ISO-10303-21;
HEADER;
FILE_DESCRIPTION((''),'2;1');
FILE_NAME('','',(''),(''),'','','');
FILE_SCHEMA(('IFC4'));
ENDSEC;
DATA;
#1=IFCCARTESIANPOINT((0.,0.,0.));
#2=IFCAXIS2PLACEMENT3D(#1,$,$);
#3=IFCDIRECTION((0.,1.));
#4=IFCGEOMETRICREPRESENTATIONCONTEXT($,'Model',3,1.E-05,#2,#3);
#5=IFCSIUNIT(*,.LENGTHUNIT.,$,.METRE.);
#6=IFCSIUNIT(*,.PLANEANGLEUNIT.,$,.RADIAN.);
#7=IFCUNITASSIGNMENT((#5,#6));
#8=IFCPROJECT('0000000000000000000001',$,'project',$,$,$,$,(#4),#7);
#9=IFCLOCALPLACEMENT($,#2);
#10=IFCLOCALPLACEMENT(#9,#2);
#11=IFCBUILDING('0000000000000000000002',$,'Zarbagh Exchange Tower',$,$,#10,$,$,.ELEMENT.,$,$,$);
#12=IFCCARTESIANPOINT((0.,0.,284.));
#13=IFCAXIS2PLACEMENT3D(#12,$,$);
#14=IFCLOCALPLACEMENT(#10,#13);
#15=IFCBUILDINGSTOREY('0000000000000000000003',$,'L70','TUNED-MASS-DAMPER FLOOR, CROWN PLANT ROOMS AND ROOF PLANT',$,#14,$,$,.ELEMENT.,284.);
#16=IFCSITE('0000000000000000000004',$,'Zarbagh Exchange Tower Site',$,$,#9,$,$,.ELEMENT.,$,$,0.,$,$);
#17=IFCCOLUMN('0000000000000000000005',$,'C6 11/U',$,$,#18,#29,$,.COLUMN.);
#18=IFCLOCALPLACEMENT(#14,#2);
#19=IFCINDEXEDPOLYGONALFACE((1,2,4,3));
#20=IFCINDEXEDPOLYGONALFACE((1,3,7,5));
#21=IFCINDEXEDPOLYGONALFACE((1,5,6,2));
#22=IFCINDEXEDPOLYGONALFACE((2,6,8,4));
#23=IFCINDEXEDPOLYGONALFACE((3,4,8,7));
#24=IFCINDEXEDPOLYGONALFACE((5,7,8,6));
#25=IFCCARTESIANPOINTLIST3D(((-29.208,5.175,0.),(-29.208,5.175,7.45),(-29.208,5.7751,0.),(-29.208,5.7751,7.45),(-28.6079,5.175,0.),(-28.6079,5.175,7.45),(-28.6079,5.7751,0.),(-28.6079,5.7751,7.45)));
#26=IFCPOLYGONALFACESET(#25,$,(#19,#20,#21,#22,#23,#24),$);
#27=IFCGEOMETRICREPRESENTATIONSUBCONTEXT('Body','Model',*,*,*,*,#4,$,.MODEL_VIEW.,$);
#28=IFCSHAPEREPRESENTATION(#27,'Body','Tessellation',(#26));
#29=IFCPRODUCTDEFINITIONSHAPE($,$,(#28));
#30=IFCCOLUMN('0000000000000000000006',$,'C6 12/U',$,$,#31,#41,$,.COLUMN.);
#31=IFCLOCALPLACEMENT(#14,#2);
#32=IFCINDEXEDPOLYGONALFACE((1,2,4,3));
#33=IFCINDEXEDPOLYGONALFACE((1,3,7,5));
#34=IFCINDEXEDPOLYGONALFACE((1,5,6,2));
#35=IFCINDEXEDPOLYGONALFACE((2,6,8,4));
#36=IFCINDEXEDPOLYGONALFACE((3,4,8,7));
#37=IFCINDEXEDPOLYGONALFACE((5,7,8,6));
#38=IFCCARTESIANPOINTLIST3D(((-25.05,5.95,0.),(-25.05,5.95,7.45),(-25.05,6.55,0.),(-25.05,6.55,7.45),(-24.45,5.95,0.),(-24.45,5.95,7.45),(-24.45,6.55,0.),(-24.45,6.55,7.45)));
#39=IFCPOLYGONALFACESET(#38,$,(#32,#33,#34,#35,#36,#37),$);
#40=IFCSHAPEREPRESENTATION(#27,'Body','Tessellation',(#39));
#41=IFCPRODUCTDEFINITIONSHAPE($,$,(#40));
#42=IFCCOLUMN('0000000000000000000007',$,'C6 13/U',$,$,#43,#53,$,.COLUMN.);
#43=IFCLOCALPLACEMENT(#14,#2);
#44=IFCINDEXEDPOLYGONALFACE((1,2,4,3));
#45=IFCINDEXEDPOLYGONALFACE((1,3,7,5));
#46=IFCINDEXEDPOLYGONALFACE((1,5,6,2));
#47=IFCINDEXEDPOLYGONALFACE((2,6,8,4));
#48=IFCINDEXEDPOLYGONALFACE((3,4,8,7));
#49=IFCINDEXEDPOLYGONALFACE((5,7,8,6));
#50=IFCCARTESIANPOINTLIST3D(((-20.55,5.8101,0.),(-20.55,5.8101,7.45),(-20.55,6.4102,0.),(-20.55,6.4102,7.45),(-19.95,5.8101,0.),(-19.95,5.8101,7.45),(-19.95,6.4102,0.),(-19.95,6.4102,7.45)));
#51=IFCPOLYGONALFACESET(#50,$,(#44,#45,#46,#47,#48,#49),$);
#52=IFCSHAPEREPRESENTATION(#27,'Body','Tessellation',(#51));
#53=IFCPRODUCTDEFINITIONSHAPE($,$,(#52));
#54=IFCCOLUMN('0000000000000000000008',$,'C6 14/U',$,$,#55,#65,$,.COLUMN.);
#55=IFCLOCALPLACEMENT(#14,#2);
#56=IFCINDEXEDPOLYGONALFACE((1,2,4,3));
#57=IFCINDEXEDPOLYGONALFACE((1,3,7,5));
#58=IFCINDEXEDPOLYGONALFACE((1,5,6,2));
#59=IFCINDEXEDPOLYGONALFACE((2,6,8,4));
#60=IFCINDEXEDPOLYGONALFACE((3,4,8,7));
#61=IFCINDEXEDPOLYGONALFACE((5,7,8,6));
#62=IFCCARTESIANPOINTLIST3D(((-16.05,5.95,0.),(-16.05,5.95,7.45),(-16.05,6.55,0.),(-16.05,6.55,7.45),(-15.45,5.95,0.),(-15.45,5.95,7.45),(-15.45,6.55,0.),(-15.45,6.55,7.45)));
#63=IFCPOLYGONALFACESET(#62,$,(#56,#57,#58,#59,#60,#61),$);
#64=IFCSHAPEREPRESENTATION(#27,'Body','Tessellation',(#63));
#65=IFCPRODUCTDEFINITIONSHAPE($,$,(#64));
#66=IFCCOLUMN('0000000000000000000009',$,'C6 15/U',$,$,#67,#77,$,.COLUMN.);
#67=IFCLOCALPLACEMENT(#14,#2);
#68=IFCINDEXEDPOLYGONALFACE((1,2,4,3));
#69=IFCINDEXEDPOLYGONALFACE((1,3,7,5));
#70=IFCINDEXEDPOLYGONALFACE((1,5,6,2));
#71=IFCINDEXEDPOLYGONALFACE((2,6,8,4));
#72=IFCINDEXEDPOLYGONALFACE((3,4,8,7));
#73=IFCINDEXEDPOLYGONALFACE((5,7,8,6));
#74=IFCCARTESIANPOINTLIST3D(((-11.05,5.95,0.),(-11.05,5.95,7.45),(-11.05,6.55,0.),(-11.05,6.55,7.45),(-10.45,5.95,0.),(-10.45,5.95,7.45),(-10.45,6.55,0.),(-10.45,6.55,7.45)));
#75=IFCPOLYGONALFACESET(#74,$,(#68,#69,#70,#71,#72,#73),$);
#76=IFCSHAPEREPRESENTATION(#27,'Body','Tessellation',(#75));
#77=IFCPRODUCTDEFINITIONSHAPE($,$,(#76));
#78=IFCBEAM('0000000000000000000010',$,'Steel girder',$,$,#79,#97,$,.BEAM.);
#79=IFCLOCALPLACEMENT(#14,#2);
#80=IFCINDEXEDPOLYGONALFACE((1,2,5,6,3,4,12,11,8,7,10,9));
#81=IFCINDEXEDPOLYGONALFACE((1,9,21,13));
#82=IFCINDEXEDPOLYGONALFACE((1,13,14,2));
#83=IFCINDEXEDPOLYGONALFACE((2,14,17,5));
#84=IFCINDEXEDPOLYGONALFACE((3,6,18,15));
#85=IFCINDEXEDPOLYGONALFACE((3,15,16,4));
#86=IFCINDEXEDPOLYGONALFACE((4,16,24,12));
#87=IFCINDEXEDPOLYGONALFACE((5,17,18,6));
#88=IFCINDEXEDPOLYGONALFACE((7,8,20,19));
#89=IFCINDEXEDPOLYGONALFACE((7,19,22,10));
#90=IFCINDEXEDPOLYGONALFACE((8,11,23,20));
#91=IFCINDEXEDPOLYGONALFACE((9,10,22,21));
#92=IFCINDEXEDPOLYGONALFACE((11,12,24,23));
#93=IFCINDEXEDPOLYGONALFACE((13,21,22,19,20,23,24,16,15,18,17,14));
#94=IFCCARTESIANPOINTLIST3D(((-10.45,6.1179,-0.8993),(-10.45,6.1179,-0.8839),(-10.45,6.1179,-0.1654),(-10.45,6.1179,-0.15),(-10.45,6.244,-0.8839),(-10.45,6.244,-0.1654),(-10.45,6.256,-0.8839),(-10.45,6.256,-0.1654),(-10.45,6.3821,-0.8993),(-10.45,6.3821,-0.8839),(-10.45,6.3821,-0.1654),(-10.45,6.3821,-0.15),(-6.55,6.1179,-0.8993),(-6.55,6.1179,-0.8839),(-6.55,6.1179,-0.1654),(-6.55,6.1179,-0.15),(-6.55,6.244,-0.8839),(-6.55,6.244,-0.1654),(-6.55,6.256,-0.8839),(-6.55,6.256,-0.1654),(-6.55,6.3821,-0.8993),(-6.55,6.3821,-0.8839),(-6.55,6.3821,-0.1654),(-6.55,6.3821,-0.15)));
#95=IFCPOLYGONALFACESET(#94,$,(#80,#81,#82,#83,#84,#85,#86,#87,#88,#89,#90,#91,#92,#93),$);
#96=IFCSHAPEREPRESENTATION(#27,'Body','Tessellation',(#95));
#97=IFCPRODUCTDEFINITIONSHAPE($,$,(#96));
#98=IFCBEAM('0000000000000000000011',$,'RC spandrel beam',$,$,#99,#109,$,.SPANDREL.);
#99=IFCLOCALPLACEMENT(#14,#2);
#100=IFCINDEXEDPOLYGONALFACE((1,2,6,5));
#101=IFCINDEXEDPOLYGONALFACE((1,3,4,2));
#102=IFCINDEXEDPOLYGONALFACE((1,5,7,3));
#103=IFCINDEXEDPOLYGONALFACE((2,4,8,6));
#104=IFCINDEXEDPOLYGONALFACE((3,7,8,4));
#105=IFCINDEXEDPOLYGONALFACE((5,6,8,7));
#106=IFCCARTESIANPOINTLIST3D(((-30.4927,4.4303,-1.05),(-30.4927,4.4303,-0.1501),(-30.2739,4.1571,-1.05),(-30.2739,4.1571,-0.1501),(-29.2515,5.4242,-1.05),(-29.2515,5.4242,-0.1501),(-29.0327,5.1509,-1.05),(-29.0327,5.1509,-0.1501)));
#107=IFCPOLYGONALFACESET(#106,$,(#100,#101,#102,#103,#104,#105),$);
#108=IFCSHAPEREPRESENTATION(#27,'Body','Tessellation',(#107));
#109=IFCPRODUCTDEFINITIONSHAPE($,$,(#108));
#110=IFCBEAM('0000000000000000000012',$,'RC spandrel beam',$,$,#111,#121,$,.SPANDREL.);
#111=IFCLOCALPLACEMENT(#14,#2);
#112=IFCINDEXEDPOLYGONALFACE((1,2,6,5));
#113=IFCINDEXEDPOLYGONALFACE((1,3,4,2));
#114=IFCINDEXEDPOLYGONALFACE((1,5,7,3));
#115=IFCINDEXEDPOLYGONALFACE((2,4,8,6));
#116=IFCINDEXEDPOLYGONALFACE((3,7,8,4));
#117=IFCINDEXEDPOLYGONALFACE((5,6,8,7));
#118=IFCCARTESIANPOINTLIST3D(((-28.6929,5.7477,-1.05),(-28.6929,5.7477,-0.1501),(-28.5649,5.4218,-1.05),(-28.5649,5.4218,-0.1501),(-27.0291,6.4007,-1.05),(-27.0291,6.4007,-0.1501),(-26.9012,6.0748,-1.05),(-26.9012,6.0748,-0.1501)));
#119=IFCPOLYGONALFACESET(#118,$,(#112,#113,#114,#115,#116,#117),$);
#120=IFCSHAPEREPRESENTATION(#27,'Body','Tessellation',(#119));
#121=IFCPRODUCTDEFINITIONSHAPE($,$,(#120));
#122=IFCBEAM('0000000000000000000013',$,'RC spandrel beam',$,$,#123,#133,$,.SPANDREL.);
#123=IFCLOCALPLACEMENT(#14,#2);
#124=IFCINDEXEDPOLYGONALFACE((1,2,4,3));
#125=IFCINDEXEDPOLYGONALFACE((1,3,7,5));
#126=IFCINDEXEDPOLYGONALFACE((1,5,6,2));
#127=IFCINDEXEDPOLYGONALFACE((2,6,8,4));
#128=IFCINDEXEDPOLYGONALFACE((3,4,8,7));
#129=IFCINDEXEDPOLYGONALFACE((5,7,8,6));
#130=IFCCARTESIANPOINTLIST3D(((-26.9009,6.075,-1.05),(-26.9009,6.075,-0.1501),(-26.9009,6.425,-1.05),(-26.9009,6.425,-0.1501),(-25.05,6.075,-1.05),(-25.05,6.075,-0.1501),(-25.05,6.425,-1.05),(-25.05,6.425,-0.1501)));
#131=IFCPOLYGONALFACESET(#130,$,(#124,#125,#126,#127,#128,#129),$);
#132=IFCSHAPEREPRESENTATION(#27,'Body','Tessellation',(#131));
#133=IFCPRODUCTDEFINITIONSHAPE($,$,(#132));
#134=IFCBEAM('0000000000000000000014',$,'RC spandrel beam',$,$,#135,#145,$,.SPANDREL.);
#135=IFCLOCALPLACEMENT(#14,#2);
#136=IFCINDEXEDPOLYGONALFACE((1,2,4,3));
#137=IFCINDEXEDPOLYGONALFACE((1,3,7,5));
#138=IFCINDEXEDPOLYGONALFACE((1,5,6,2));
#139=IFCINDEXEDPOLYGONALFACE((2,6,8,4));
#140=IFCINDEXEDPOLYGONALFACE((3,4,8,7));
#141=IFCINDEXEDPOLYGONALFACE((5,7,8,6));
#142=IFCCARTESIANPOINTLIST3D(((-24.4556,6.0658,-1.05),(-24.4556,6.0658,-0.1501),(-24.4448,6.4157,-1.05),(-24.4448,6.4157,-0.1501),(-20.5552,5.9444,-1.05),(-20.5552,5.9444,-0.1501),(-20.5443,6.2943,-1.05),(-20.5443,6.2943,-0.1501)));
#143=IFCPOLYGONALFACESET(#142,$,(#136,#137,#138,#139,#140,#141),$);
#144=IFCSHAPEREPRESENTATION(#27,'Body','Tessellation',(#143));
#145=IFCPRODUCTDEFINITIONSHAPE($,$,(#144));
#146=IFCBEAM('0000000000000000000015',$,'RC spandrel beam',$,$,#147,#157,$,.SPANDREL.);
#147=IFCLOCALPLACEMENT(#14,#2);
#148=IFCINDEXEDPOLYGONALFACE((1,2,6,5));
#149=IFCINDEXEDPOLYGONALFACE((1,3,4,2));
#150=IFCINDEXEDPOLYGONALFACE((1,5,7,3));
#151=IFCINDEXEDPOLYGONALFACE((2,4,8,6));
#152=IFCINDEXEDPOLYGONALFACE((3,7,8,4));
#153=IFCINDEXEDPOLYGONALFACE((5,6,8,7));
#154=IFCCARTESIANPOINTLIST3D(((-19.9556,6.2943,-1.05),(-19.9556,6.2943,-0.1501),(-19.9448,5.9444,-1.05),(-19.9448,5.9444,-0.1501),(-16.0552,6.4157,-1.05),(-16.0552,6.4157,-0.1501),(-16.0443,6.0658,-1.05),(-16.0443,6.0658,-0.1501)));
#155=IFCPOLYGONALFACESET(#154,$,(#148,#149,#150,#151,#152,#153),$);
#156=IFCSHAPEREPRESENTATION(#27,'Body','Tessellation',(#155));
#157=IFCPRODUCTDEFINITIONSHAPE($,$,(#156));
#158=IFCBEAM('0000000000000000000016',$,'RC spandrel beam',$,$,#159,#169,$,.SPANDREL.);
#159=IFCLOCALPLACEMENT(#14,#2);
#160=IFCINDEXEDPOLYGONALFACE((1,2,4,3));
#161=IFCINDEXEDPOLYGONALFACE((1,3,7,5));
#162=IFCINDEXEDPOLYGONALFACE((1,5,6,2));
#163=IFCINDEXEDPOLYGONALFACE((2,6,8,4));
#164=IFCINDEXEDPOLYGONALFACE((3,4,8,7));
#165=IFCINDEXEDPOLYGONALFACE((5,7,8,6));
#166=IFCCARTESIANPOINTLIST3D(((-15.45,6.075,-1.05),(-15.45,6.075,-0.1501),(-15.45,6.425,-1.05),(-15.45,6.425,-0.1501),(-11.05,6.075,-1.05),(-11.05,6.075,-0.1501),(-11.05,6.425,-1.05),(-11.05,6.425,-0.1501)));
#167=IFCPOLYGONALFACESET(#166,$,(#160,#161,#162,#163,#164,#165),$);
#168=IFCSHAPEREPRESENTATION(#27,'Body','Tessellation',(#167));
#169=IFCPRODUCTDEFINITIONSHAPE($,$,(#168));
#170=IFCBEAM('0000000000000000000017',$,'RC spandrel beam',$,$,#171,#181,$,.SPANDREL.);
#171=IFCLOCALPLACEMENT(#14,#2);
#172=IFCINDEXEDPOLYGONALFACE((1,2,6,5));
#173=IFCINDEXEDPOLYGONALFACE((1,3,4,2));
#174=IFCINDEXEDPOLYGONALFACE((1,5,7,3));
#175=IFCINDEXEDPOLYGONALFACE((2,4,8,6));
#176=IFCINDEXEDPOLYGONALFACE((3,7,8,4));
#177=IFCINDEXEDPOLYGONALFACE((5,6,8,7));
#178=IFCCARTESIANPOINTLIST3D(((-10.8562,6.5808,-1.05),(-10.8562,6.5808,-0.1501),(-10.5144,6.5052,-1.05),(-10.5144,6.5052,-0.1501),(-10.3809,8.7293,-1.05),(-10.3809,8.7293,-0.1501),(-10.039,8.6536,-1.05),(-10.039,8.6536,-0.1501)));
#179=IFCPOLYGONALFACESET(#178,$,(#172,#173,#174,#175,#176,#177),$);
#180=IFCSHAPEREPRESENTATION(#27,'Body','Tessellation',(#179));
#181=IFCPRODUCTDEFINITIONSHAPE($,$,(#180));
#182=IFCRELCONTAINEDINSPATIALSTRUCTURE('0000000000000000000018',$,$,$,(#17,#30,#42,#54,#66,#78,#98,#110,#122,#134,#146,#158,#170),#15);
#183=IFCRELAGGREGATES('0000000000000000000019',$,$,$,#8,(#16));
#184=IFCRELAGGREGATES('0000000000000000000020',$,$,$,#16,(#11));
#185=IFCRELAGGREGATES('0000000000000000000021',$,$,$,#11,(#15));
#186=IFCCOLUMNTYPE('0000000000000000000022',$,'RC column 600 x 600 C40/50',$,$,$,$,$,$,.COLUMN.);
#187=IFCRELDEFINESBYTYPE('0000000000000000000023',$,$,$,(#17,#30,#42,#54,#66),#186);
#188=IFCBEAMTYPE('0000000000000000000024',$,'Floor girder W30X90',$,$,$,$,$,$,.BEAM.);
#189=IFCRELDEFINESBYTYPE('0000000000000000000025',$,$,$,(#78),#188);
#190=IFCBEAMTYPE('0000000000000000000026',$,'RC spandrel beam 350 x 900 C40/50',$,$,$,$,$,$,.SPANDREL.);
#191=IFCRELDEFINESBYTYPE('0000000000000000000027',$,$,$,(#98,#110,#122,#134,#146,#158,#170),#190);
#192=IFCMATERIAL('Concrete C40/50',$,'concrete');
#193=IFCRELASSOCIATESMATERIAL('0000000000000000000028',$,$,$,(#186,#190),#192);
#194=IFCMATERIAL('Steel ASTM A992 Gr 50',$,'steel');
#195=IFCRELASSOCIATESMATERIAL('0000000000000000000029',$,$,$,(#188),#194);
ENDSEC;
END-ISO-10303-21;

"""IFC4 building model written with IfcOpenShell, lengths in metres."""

from ifc_helpers import new_model, si_unit, direction, frame, origin, origin_2d, place, context, subcontext, project, spatial, rectangle, i_section, extrude, material, material_profile, profile_set, type_object, element, save


model = new_model("IFC4")

# Units and contexts
model_context = context("Model", 3, precision=1e-05, world=origin(), true_north=direction((0.0, 1.0)))
body_context = subcontext(model_context, "Body", "Model", "MODEL_VIEW")
ifc_project = project(units=[si_unit("LENGTHUNIT", "METRE"), si_unit("PLANEANGLEUNIT", "RADIAN")], contexts=[model_context])

# Site, building, storey
site_placement = place(None, origin())
site = spatial("IfcSite", under=ifc_project, at=site_placement, Name="Zarbagh Exchange Tower Site", CompositionType="ELEMENT", RefElevation=0.0)
building_placement = place(site_placement, origin())
building = spatial("IfcBuilding", under=site, at=building_placement, Name="Zarbagh Exchange Tower", CompositionType="ELEMENT")
storey_placement = place(building_placement, frame((0.0, 0.0, 284.0)))
storey = spatial("IfcBuildingStorey", under=building, at=storey_placement, Name="L70", Description="TUNED-MASS-DAMPER FLOOR, CROWN PLANT ROOMS AND ROOF PLANT", CompositionType="ELEMENT", Elevation=284.0)

# Columns
ifc_material_1 = material(Name="Concrete C40/50", Category="concrete")
ifc_material_profile_1 = material_profile(ifc_material_1, rectangle(XDim=0.6001, YDim=0.6001, at=origin_2d()), Name="RC column 600 x 600 C40/50")
ifc_profile_set_1 = profile_set([ifc_material_profile_1], Name="Concrete C40/50")
column_type = type_object("IfcColumnType", Name="RC column 600 x 600 C40/50", PredefinedType="COLUMN", material=ifc_profile_set_1)
for number, where, z_axis, x_axis, name in (
    (1, (-28.908, 5.4751, 0.0), (0.0, 0.0, 1.0), (1.0, 0.0, 0.0), "C6 11/U"),
    (2, (-24.75, 6.25, 0.0), (0.0, 0.0, 1.0), (1.0, 0.0, 0.0), "C6 12/U"),
    (3, (-20.25, 6.1101, 0.0), (0.0, 0.0, 1.0), (1.0, 0.0, 0.0), "C6 13/U"),
    (4, (-15.75, 6.25, 0.0), (0.0, 0.0, 1.0), (1.0, 0.0, 0.0), "C6 14/U"),
    (5, (-10.75, 6.25, 0.0), (0.0, 0.0, 1.0), (1.0, 0.0, 0.0), "C6 15/U"),
):
    element("IfcColumn", number, at=place(storey_placement, frame(where, z_axis=z_axis, x_axis=x_axis)), inside=storey, type_object=column_type, Name=name, PredefinedType="COLUMN", context=body_context, shape_type="SweptSolid", body=[
        extrude(rectangle(XDim=0.6001, YDim=0.6001, at=origin_2d()), origin(), (0.0, 0.0, 1.0), 7.45),
    ])

# Beams
ifc_material_2 = material(Name="Steel ASTM A992 Gr 50", Category="steel")
ifc_material_profile_2 = material_profile(ifc_material_2, i_section(OverallWidth=0.2642, OverallDepth=0.7493, WebThickness=0.012, FlangeThickness=0.0154, at=origin_2d()), Name="W30X90")
ifc_profile_set_2 = profile_set([ifc_material_profile_2], Name="Steel ASTM A992 Gr 50")
beam_type_1 = type_object("IfcBeamType", Name="Floor girder W30X90", PredefinedType="BEAM", material=ifc_profile_set_2)
beam_1_placement = place(storey_placement, frame((-10.45, 6.25, -0.5247), z_axis=(1.0, 0.0, 0.0), x_axis=(0.0, 1.0, 0.0)))
element("IfcBeam", 6, at=beam_1_placement, inside=storey, type_object=beam_type_1, Name="Steel girder", PredefinedType="BEAM", context=body_context, shape_type="SweptSolid", body=[
    extrude(i_section(OverallWidth=0.2642, OverallDepth=0.7493, WebThickness=0.012, FlangeThickness=0.0154, at=origin_2d()), origin(), (0.0, 0.0, 1.0), 3.8999),
])
ifc_material_profile_3 = material_profile(ifc_material_1, rectangle(XDim=0.3501, YDim=0.8999, at=origin_2d()), Name="RC spandrel beam 350 x 900 C40/50")
ifc_profile_set_3 = profile_set([ifc_material_profile_3], Name="Concrete C40/50")
beam_type_2 = type_object("IfcBeamType", Name="RC spandrel beam 350 x 900 C40/50", PredefinedType="SPANDREL", material=ifc_profile_set_3)
beam_2_placement = place(storey_placement, frame((-30.3833, 4.2937, -0.6001), z_axis=(0.780584, 0.625051, 0.0), x_axis=(-0.625051, 0.780584, 0.0)))
element("IfcBeam", 7, at=beam_2_placement, inside=storey, type_object=beam_type_2, Name="RC spandrel beam", PredefinedType="SPANDREL", context=body_context, shape_type="SweptSolid", body=[
    extrude(rectangle(XDim=0.3501, YDim=0.8999, at=origin_2d()), origin(), (0.0, 0.0, 1.0), 1.5901),
])
beam_3_placement = place(storey_placement, frame((-28.6289, 5.5847, -0.6001), z_axis=(0.930859, 0.365378, 0.0), x_axis=(-0.365378, 0.930859, 0.0)))
element("IfcBeam", 8, at=beam_3_placement, inside=storey, type_object=beam_type_2, Name="RC spandrel beam", PredefinedType="SPANDREL", context=body_context, shape_type="SweptSolid", body=[
    extrude(rectangle(XDim=0.3501, YDim=0.8999, at=origin_2d()), origin(), (0.0, 0.0, 1.0), 1.7874),
])
beam_4_placement = place(storey_placement, frame((-26.9009, 6.25, -0.6001), z_axis=(1.0, 0.0, 0.0), x_axis=(0.0, 1.0, 0.0)))
element("IfcBeam", 9, at=beam_4_placement, inside=storey, type_object=beam_type_2, Name="RC spandrel beam", PredefinedType="SPANDREL", context=body_context, shape_type="SweptSolid", body=[
    extrude(rectangle(XDim=0.3501, YDim=0.8999, at=origin_2d()), origin(), (0.0, 0.0, 1.0), 1.8508),
])
for number, where, z_axis, x_axis, name in (
    (10, (-24.4502, 6.2407, -0.6001), (0.999516, -0.031094, 0.0), (0.031094, 0.999516, 0.0), "RC spandrel beam"),
    (11, (-19.9502, 6.1194, -0.6001), (0.999516, 0.031094, 0.0), (-0.031094, 0.999516, 0.0), "RC spandrel beam"),
):
    element("IfcBeam", number, at=place(storey_placement, frame(where, z_axis=z_axis, x_axis=x_axis)), inside=storey, type_object=beam_type_2, Name=name, PredefinedType="SPANDREL", context=body_context, shape_type="SweptSolid", body=[
        extrude(rectangle(XDim=0.3501, YDim=0.8999, at=origin_2d()), origin(), (0.0, 0.0, 1.0), 3.9023),
    ])
beam_5_placement = place(storey_placement, frame((-15.45, 6.25, -0.6001), z_axis=(1.0, 0.0, 0.0), x_axis=(0.0, 1.0, 0.0)))
element("IfcBeam", 12, at=beam_5_placement, inside=storey, type_object=beam_type_2, Name="RC spandrel beam", PredefinedType="SPANDREL", context=body_context, shape_type="SweptSolid", body=[
    extrude(rectangle(XDim=0.3501, YDim=0.8999, at=origin_2d()), origin(), (0.0, 0.0, 1.0), 4.3999),
])
beam_6_placement = place(storey_placement, frame((-10.6853, 6.543, -0.6001), z_axis=(0.216026, 0.976388, 0.0), x_axis=(-0.976388, 0.216026, 0.0)))
element("IfcBeam", 13, at=beam_6_placement, inside=storey, type_object=beam_type_2, Name="RC spandrel beam", PredefinedType="SPANDREL", context=body_context, shape_type="SweptSolid", body=[
    extrude(rectangle(XDim=0.3501, YDim=0.8999, at=origin_2d()), origin(), (0.0, 0.0, 1.0), 2.2004),
])

save(model, "model.ifc")
